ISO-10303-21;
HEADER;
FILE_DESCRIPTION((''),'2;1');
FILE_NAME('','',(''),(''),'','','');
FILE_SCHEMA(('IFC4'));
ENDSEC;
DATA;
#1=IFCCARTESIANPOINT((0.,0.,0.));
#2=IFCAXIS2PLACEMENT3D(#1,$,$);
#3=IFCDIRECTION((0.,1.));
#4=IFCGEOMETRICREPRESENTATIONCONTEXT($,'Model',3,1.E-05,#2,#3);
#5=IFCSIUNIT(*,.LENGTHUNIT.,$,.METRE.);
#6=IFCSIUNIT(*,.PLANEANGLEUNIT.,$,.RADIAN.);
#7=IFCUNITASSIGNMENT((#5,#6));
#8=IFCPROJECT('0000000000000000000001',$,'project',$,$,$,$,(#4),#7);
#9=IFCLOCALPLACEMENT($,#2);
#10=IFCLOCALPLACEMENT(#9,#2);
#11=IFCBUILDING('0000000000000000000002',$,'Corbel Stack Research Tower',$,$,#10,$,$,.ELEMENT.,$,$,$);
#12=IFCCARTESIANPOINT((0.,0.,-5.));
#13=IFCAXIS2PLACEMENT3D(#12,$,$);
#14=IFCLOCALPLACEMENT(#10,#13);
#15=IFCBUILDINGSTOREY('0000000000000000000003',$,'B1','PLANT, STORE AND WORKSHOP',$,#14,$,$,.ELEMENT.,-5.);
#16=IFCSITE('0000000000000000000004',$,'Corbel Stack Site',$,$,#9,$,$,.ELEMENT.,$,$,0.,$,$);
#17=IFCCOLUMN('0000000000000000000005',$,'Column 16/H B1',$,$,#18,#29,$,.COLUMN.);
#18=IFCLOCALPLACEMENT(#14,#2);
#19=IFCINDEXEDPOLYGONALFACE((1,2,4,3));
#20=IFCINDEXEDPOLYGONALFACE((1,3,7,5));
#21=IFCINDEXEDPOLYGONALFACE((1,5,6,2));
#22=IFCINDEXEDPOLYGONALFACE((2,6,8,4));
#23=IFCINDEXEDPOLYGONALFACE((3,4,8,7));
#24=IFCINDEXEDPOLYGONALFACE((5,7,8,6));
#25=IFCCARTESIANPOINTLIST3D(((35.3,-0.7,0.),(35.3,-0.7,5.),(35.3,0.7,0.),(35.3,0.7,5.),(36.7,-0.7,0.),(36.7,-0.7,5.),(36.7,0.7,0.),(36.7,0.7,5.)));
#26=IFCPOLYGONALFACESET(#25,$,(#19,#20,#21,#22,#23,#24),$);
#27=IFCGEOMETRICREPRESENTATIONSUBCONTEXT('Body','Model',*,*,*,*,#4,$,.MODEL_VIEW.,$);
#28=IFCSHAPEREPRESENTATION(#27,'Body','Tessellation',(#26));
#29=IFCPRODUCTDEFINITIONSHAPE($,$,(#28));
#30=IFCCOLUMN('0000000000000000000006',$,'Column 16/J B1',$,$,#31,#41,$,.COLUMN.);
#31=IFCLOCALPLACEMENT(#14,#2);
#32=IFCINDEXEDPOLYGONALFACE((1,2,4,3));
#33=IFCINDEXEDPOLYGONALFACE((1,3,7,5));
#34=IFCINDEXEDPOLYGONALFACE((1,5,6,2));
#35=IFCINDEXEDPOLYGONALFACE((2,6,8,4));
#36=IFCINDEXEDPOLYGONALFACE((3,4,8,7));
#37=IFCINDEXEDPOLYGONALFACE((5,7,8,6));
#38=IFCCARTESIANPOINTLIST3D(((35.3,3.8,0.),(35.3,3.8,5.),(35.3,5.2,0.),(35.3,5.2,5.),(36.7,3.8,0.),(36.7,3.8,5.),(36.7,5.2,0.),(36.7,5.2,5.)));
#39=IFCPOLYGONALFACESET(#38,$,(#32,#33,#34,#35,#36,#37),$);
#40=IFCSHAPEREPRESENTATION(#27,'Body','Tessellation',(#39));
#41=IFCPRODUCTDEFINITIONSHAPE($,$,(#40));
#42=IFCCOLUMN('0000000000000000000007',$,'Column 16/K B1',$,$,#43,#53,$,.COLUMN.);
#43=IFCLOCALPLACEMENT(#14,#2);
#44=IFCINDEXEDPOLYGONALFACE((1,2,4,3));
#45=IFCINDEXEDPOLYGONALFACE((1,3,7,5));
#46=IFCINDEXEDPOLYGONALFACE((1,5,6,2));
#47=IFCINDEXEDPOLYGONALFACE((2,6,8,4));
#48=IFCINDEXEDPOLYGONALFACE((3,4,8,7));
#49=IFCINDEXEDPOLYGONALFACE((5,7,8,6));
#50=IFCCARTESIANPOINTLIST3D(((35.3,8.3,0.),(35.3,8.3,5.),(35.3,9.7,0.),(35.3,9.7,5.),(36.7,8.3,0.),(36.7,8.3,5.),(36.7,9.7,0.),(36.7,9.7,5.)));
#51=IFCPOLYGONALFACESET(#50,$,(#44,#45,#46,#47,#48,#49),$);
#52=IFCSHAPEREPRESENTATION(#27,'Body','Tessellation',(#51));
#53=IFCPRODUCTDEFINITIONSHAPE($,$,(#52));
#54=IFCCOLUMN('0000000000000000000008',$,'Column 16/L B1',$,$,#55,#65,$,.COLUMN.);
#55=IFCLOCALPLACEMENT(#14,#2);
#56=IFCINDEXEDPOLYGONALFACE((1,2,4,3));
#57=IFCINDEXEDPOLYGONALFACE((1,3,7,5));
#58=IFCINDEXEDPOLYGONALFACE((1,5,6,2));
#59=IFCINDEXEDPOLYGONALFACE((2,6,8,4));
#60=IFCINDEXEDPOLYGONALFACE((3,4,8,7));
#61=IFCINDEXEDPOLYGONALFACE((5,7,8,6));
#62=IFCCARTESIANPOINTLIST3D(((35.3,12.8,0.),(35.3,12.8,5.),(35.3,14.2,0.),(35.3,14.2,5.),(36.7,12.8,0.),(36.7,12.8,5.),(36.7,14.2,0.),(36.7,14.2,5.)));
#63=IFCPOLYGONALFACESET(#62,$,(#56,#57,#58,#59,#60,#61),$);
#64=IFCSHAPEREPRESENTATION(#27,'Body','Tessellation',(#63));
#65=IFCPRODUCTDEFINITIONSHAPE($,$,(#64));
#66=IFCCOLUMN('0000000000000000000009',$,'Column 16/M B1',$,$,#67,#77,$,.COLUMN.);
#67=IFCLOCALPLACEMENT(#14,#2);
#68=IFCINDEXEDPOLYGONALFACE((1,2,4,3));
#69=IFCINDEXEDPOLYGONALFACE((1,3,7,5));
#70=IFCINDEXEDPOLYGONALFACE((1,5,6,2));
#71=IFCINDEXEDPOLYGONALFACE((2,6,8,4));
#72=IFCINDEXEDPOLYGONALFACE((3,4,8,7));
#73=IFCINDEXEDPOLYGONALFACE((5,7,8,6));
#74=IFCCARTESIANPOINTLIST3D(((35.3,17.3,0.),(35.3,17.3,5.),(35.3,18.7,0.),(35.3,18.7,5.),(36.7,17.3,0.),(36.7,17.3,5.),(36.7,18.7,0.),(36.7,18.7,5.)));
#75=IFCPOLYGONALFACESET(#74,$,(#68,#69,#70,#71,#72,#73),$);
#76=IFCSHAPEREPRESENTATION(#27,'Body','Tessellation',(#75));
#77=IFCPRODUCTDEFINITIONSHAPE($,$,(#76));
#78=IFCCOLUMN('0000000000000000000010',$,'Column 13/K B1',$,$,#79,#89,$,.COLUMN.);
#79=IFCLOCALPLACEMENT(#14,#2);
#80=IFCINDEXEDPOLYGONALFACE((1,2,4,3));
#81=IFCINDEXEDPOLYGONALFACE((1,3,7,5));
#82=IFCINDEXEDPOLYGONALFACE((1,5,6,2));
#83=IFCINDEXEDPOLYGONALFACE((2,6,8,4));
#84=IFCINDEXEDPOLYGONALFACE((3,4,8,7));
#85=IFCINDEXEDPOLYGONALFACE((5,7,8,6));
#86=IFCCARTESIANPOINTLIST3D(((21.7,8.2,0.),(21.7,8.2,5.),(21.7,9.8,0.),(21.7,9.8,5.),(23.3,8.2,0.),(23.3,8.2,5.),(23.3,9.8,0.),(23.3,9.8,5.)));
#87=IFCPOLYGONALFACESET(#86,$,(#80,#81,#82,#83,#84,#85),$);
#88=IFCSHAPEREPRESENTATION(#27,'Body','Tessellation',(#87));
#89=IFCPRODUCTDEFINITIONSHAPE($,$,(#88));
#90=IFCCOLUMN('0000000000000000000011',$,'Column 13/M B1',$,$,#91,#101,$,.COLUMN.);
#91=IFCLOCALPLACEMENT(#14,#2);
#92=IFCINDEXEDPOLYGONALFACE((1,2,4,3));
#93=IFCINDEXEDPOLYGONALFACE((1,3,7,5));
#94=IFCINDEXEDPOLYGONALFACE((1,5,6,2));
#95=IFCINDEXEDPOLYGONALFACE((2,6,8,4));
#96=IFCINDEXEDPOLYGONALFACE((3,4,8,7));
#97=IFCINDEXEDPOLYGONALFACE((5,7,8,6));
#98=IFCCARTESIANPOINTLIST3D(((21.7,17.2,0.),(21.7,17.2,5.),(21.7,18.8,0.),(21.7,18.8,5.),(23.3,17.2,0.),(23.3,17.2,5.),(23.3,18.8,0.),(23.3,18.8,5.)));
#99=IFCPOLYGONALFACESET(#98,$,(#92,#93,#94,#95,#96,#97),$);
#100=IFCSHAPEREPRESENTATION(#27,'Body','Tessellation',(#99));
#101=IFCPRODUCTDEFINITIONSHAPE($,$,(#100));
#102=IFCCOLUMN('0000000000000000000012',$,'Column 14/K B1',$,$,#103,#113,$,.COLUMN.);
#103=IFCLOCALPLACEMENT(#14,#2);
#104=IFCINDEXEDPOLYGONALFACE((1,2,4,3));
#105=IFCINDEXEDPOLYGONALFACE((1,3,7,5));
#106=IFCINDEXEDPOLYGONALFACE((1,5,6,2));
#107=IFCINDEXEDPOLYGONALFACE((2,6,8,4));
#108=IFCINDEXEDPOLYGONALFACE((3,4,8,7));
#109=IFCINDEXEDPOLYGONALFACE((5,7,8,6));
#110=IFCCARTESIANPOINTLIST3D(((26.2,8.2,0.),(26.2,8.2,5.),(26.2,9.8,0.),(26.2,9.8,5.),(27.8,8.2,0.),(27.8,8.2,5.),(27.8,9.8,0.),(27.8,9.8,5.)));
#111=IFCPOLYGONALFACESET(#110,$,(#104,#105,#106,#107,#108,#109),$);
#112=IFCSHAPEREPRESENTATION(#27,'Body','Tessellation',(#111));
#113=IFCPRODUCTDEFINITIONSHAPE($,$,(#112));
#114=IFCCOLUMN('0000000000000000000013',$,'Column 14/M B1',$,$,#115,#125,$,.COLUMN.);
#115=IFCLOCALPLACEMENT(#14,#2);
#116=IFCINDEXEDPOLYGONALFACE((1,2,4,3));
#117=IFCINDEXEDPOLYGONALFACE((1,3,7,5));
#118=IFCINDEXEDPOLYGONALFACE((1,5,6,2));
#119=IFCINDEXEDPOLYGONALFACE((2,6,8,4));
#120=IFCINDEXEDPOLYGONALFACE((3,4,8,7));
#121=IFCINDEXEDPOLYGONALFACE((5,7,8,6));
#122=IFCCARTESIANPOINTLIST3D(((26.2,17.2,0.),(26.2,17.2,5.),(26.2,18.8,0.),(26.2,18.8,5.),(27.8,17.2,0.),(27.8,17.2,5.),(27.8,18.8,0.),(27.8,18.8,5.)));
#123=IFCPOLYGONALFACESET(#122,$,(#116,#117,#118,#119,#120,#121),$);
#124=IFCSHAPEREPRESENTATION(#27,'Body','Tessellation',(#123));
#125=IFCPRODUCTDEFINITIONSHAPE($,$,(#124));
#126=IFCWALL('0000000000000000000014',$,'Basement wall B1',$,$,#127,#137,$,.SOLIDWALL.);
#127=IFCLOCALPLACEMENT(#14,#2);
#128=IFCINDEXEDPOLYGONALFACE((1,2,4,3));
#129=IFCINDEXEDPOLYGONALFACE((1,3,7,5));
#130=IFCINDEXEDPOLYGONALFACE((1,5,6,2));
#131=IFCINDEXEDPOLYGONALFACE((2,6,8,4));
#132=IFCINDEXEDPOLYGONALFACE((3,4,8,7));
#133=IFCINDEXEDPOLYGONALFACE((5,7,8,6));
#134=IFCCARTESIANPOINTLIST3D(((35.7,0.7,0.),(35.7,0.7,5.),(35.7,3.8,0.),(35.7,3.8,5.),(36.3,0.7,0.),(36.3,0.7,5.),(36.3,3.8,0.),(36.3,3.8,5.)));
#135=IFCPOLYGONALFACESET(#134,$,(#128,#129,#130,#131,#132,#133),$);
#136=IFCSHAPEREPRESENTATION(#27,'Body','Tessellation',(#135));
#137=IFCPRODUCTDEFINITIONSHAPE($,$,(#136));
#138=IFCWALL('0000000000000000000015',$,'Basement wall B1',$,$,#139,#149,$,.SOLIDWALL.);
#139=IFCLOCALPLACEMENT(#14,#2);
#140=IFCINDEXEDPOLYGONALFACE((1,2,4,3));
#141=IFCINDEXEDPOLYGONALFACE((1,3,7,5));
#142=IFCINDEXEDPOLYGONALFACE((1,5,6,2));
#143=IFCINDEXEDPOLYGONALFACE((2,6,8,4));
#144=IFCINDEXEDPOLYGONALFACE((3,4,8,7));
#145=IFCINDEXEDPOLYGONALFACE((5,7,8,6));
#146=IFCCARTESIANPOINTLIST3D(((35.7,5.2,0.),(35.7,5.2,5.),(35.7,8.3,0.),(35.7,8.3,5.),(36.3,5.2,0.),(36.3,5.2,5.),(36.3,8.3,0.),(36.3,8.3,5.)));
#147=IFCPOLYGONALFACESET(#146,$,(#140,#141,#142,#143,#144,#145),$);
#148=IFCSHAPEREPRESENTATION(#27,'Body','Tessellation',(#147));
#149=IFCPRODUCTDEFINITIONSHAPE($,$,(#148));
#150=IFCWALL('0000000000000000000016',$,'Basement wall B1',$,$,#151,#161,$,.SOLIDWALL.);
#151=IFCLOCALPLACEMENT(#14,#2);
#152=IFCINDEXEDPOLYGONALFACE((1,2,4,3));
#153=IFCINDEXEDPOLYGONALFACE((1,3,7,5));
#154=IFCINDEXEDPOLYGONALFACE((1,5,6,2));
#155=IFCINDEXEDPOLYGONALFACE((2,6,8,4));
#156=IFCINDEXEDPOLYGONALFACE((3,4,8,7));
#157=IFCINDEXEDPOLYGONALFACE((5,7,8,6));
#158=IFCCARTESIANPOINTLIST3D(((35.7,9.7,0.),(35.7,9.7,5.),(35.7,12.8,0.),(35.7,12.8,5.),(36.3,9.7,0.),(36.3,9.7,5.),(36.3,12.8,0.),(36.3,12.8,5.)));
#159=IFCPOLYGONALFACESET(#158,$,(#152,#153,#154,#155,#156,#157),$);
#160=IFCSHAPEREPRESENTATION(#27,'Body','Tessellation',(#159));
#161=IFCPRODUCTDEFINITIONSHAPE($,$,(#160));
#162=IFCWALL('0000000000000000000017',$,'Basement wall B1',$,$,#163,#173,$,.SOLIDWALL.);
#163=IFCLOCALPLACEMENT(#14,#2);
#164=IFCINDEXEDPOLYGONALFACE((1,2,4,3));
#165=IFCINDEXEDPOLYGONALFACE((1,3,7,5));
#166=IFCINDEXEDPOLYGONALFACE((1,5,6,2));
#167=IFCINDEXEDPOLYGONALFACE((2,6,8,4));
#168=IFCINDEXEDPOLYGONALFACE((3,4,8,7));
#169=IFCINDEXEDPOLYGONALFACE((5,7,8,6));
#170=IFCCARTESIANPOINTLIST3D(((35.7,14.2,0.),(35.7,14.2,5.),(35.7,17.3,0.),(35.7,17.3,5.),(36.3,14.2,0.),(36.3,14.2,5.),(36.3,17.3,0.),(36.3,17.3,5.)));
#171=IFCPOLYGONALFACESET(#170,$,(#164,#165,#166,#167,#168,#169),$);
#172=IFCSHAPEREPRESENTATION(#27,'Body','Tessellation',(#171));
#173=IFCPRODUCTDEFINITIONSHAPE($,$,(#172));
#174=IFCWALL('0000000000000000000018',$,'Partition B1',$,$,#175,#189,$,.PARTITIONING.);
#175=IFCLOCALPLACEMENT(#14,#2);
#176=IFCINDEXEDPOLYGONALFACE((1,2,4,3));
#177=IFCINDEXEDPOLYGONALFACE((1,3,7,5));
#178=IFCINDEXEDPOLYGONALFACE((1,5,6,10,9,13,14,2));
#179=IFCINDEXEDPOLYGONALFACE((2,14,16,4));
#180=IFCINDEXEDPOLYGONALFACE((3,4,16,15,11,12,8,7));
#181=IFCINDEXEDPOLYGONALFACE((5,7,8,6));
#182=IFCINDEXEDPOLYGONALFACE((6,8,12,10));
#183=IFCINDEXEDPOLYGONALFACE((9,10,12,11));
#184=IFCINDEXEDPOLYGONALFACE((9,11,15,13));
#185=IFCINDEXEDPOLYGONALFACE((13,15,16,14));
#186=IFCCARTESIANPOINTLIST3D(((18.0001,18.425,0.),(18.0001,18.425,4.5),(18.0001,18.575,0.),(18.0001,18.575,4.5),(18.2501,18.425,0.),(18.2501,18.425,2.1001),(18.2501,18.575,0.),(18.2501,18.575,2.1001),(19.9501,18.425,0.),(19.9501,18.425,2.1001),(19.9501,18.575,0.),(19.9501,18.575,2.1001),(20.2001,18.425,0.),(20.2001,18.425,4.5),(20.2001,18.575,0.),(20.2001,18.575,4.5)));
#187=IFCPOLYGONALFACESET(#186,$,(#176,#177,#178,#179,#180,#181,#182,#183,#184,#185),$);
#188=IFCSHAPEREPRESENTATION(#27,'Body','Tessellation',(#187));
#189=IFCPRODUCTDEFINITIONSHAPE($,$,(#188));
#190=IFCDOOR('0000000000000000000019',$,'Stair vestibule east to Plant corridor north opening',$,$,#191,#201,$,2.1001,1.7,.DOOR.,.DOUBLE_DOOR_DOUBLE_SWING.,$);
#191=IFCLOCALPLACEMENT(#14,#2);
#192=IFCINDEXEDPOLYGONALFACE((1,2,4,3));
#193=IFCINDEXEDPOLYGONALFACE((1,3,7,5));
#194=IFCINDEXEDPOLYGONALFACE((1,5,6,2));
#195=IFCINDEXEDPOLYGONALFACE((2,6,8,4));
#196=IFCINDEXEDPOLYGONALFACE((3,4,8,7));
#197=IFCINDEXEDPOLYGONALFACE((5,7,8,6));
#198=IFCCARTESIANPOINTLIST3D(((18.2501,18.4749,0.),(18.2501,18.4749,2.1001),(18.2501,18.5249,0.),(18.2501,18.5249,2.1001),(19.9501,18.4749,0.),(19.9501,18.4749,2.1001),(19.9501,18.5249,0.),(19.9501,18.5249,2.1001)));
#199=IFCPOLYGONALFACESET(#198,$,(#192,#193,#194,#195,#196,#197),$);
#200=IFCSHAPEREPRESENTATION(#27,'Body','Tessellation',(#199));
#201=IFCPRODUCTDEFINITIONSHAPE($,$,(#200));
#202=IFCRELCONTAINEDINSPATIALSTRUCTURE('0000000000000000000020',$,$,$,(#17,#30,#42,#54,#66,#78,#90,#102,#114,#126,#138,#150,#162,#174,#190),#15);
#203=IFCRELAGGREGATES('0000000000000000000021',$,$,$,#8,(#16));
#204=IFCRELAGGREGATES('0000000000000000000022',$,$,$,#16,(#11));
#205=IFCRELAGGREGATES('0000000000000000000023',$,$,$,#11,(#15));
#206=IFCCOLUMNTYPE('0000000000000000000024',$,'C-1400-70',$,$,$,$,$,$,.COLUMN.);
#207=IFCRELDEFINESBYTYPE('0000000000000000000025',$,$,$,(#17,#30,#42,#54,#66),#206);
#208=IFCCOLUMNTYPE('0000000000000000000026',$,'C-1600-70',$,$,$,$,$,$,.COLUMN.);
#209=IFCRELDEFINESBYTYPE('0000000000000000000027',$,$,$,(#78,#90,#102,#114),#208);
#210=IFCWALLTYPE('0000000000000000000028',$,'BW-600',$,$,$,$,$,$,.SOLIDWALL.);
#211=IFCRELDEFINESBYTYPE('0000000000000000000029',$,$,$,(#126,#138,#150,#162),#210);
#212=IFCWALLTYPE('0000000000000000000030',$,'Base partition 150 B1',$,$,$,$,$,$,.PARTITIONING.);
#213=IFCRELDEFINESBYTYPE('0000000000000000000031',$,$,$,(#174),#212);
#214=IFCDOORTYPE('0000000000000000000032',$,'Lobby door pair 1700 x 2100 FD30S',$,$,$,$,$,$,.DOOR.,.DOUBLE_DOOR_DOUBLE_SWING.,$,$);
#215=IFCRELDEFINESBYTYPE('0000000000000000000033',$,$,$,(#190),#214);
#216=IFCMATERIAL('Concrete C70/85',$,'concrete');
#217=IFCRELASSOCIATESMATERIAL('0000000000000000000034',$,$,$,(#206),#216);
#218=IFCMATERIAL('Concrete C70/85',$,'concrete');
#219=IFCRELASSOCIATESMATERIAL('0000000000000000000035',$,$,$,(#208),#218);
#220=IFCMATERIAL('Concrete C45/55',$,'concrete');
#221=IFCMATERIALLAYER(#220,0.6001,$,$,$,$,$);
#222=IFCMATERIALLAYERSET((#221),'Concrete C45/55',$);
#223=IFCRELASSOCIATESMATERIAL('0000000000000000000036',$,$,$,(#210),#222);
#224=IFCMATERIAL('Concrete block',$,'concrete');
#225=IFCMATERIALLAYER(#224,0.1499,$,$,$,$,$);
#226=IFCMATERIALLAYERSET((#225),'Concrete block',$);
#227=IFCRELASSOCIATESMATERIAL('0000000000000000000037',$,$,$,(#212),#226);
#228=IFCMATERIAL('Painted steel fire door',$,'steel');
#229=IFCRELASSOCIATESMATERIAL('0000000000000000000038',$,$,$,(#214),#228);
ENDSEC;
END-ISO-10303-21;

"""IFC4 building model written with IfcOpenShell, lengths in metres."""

from ifc_helpers import new_model, si_unit, direction, frame, frame_2d, origin, origin_2d, place, context, subcontext, project, spatial, rectangle, extrude, material, layer, layer_set, material_profile, profile_set, type_object, element, fill, save


model = new_model("IFC4")

# Units and contexts
model_context = context("Model", 3, precision=1e-05, world=origin(), true_north=direction((0.0, 1.0)))
body_context = subcontext(model_context, "Body", "Model", "MODEL_VIEW")
ifc_project = project(units=[si_unit("LENGTHUNIT", "METRE"), si_unit("PLANEANGLEUNIT", "RADIAN")], contexts=[model_context])

# Site, building, storey
site_placement = place(None, origin())
site = spatial("IfcSite", under=ifc_project, at=site_placement, Name="Corbel Stack Site", CompositionType="ELEMENT", RefElevation=0.0)
building_placement = place(site_placement, origin())
building = spatial("IfcBuilding", under=site, at=building_placement, Name="Corbel Stack Research Tower", CompositionType="ELEMENT")
storey_placement = place(building_placement, frame((0.0, 0.0, -5.0)))
storey = spatial("IfcBuildingStorey", under=building, at=storey_placement, Name="B1", Description="PLANT, STORE AND WORKSHOP", CompositionType="ELEMENT", Elevation=-5.0)

# Columns
ifc_material_1 = material(Name="Concrete C70/85", Category="concrete")
ifc_material_profile_1 = material_profile(ifc_material_1, rectangle(XDim=1.3999, YDim=1.3999, at=origin_2d()), Name="RC 1400 x 1400")
ifc_profile_set_1 = profile_set([ifc_material_profile_1], Name="Concrete C70/85")
column_type_1 = type_object("IfcColumnType", Name="C-1400-70", PredefinedType="COLUMN", material=ifc_profile_set_1)
for number, where, z_axis, x_axis, name in (
    (1, (36.0, 0.0, 0.0), (0.0, 0.0, 1.0), (1.0, 0.0, 0.0), "Column 16/H B1"),
    (2, (36.0, 4.5, 0.0), (0.0, 0.0, 1.0), (1.0, 0.0, 0.0), "Column 16/J B1"),
    (3, (36.0, 9.0, 0.0), (0.0, 0.0, 1.0), (1.0, 0.0, 0.0), "Column 16/K B1"),
    (4, (36.0, 13.5, 0.0), (0.0, 0.0, 1.0), (1.0, 0.0, 0.0), "Column 16/L B1"),
    (5, (36.0, 18.0, 0.0), (0.0, 0.0, 1.0), (1.0, 0.0, 0.0), "Column 16/M B1"),
):
    element("IfcColumn", number, at=place(storey_placement, frame(where, z_axis=z_axis, x_axis=x_axis)), inside=storey, type_object=column_type_1, Name=name, PredefinedType="COLUMN", context=body_context, shape_type="SweptSolid", body=[
        extrude(rectangle(XDim=1.3999, YDim=1.3999, at=origin_2d()), origin(), (0.0, 0.0, 1.0), 5.0),
    ])
ifc_material_2 = material(Name="Concrete C70/85", Category="concrete")
ifc_material_profile_2 = material_profile(ifc_material_2, rectangle(XDim=1.6001, YDim=1.6001, at=origin_2d()), Name="RC 1600 x 1600")
ifc_profile_set_2 = profile_set([ifc_material_profile_2], Name="Concrete C70/85")
column_type_2 = type_object("IfcColumnType", Name="C-1600-70", PredefinedType="COLUMN", material=ifc_profile_set_2)
for number, where, z_axis, x_axis, name in (
    (6, (22.5, 9.0, 0.0), (0.0, 0.0, 1.0), (1.0, 0.0, 0.0), "Column 13/K B1"),
    (7, (22.5, 18.0, 0.0), (0.0, 0.0, 1.0), (1.0, 0.0, 0.0), "Column 13/M B1"),
    (8, (27.0, 9.0, 0.0), (0.0, 0.0, 1.0), (1.0, 0.0, 0.0), "Column 14/K B1"),
    (9, (27.0, 18.0, 0.0), (0.0, 0.0, 1.0), (1.0, 0.0, 0.0), "Column 14/M B1"),
):
    element("IfcColumn", number, at=place(storey_placement, frame(where, z_axis=z_axis, x_axis=x_axis)), inside=storey, type_object=column_type_2, Name=name, PredefinedType="COLUMN", context=body_context, shape_type="SweptSolid", body=[
        extrude(rectangle(XDim=1.6001, YDim=1.6001, at=origin_2d()), origin(), (0.0, 0.0, 1.0), 5.0),
    ])

# Walls
ifc_material_3 = material(Name="Concrete C45/55", Category="concrete")
ifc_layer_1 = layer(ifc_material_3, 0.6001)
ifc_layer_set_1 = layer_set([ifc_layer_1], Name="Concrete C45/55")
wall_type_1 = type_object("IfcWallType", Name="BW-600", PredefinedType="SOLIDWALL", material=ifc_layer_set_1)
for number, where, z_axis, x_axis, name in (
    (10, (36.0, 0.7, 0.0), (0.0, 0.0, 1.0), (0.0, 1.0, 0.0), "Basement wall B1"),
    (11, (36.0, 5.2, 0.0), (0.0, 0.0, 1.0), (0.0, 1.0, 0.0), "Basement wall B1"),
    (12, (36.0, 9.7, 0.0), (0.0, 0.0, 1.0), (0.0, 1.0, 0.0), "Basement wall B1"),
    (13, (36.0, 14.2, 0.0), (0.0, 0.0, 1.0), (0.0, 1.0, 0.0), "Basement wall B1"),
):
    element("IfcWall", number, at=place(storey_placement, frame(where, z_axis=z_axis, x_axis=x_axis)), inside=storey, type_object=wall_type_1, Name=name, PredefinedType="SOLIDWALL", context=body_context, shape_type="SweptSolid", body=[
        extrude(rectangle(XDim=3.1001, YDim=0.6001, at=frame_2d((1.55, 0.0))), origin(), (0.0, 0.0, 1.0), 5.0),
    ])

# Wall, opening, door
ifc_material_4 = material(Name="Concrete block", Category="concrete")
ifc_layer_2 = layer(ifc_material_4, 0.1499)
ifc_layer_set_2 = layer_set([ifc_layer_2], Name="Concrete block")
wall_type_2 = type_object("IfcWallType", Name="Base partition 150 B1", PredefinedType="PARTITIONING", material=ifc_layer_set_2)
wall_1_placement = place(storey_placement, frame((18.0, 18.5, 0.0), z_axis=(0.0, 0.0, 1.0), x_axis=(1.0, 0.0, 0.0)))
wall_1 = element("IfcWall", 14, at=wall_1_placement, inside=storey, type_object=wall_type_2, Name="Partition B1", PredefinedType="PARTITIONING", context=body_context, shape_type="SweptSolid", body=[
    extrude(rectangle(XDim=2.2, YDim=0.1499, at=frame_2d((1.1001, 0.0))), origin(), (0.0, 0.0, 1.0), 4.5),
])
opening_1_placement = place(wall_1_placement, frame((0.25, 0.0, 0.0)))
opening_1 = element("IfcOpeningElement", 15, at=opening_1_placement, cuts=wall_1, PredefinedType="OPENING", context=body_context, shape_type="SweptSolid", body=[
    extrude(rectangle(XDim=1.7, YDim=2.1001, at=frame_2d((0.8501, 1.05))), frame((0.0, 0.085, 0.0), z_axis=(0.0, -1.0, 0.0), x_axis=(1.0, 0.0, 0.0)), (0.0, 0.0, 1.0), 0.1699),
])
ifc_material_5 = material(Name="Painted steel fire door", Category="steel")
door_type_1 = type_object("IfcDoorType", Name="Lobby door pair 1700 x 2100 FD30S", OperationType="DOUBLE_DOOR_DOUBLE_SWING", PredefinedType="DOOR", material=ifc_material_5)
door_1_placement = place(opening_1_placement, origin())
door_1 = element("IfcDoor", 16, at=door_1_placement, inside=storey, type_object=door_type_1, Name="Stair vestibule east to Plant corridor north opening", OperationType="DOUBLE_DOOR_DOUBLE_SWING", OverallHeight=2.1001, OverallWidth=1.7, PredefinedType="DOOR", context=body_context, shape_type="SweptSolid", body=[
    extrude(rectangle(XDim=1.7, YDim=2.1001, at=frame_2d((0.8501, 1.05))), frame((0.0, 0.0249, 0.0), z_axis=(0.0, -1.0, 0.0), x_axis=(1.0, 0.0, 0.0)), (0.0, 0.0, 1.0), 0.05),
])
fill(opening_1, door_1)

save(model, "model.ifc")
